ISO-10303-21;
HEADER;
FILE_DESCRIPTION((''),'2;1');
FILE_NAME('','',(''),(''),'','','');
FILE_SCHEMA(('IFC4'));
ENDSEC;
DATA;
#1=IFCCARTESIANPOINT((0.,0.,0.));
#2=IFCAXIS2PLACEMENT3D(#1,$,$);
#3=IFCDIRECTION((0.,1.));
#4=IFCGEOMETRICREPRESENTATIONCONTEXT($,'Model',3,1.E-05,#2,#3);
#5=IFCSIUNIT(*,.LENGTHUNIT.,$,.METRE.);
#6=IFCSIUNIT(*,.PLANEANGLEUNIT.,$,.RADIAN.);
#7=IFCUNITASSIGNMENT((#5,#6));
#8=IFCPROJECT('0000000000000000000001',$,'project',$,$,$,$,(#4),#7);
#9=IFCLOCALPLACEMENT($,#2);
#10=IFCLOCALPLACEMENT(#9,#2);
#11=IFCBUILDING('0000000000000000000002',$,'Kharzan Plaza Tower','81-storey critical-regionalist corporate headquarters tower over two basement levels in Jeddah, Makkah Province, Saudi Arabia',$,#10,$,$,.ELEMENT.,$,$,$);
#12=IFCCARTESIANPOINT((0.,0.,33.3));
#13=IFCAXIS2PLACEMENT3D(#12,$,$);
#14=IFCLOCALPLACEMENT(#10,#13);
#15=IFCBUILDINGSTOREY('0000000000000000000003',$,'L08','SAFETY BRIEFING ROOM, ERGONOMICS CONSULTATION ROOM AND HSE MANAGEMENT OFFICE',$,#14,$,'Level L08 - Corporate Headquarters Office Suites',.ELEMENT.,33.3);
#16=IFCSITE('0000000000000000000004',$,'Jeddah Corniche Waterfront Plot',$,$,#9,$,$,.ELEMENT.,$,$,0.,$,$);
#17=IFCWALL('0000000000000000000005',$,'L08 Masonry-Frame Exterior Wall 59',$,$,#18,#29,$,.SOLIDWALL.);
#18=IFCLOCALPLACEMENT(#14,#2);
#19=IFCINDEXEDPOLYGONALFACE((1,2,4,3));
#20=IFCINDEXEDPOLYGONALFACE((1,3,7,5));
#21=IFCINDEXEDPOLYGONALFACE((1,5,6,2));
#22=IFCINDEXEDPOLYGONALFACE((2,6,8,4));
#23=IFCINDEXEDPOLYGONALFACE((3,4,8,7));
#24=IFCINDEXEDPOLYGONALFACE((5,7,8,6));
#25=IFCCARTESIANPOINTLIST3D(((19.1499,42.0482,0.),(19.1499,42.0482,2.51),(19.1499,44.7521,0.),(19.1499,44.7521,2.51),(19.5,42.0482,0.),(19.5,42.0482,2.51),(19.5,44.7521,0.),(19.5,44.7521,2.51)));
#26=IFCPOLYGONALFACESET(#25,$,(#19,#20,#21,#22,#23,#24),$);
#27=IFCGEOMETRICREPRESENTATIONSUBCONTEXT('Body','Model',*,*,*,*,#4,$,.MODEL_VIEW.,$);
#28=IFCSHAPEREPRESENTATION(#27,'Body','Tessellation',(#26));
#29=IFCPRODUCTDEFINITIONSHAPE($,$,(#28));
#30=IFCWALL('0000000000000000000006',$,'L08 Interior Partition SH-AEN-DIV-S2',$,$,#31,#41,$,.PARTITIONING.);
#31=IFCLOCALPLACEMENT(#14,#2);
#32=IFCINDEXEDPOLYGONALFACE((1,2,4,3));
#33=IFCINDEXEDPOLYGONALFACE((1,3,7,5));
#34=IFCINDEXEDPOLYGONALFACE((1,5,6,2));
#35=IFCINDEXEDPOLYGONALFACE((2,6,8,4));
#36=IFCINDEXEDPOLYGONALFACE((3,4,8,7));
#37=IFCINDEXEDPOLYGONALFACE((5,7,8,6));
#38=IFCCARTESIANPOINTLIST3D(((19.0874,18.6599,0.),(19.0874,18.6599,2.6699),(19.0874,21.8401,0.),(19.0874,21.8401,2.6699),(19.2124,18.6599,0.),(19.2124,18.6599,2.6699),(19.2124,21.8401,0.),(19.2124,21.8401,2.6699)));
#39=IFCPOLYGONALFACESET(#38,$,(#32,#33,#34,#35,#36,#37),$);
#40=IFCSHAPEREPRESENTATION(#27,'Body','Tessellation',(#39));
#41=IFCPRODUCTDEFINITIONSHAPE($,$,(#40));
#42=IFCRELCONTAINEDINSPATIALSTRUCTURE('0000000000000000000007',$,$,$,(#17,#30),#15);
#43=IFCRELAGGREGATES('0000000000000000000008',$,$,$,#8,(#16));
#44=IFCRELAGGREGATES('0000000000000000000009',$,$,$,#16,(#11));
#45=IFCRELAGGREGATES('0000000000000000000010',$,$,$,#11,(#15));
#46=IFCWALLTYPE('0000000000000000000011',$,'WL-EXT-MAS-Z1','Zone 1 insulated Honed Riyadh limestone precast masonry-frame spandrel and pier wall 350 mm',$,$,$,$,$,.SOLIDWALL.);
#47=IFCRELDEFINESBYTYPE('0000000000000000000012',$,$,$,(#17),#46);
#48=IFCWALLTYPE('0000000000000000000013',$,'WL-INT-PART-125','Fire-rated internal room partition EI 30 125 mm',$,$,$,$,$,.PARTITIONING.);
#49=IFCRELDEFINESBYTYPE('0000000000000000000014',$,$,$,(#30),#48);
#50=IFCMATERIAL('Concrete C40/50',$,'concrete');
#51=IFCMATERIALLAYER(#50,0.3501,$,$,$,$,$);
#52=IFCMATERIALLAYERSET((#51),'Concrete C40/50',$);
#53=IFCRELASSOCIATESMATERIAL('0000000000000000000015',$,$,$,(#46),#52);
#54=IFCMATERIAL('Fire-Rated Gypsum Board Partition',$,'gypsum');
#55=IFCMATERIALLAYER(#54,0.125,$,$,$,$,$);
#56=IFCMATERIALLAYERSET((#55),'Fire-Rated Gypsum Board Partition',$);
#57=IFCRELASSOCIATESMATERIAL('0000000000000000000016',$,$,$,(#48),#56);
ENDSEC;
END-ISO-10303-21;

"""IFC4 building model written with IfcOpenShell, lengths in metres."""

from ifc_helpers import new_model, si_unit, direction, frame, frame_2d, origin, place, context, subcontext, project, spatial, rectangle, extrude, source, transform, mapped, material, layer, layer_set, type_object, element, save


model = new_model("IFC4")

# Units and contexts
model_context = context("Model", 3, precision=1e-05, world=origin(), true_north=direction((0.0, 1.0)))
body_context = subcontext(model_context, "Body", "Model", "MODEL_VIEW")
ifc_project = project(units=[si_unit("LENGTHUNIT", "METRE"), si_unit("PLANEANGLEUNIT", "RADIAN")], contexts=[model_context])

# Site, building, storey
site_placement = place(None, origin())
site = spatial("IfcSite", under=ifc_project, at=site_placement, Name="Jeddah Corniche Waterfront Plot", CompositionType="ELEMENT", RefElevation=0.0)
building_placement = place(site_placement, origin())
building = spatial("IfcBuilding", under=site, at=building_placement, Name="Kharzan Plaza Tower", Description="81-storey critical-regionalist corporate headquarters tower over two basement levels in Jeddah, Makkah Province, Saudi Arabia", CompositionType="ELEMENT")
storey_placement = place(building_placement, frame((0.0, 0.0, 33.3)))
storey = spatial("IfcBuildingStorey", under=building, at=storey_placement, Name="L08", Description="SAFETY BRIEFING ROOM, ERGONOMICS CONSULTATION ROOM AND HSE MANAGEMENT OFFICE", LongName="Level L08 - Corporate Headquarters Office Suites", CompositionType="ELEMENT", Elevation=33.3)

# Shared definitions
ifc_material_1 = material(Name="Concrete C40/50", Category="concrete")
ifc_layer_1 = layer(ifc_material_1, 0.3501)
ifc_layer_set_1 = layer_set([ifc_layer_1], Name="Concrete C40/50")
wall_type_1 = type_object("IfcWallType", Name="WL-EXT-MAS-Z1", Description="Zone 1 insulated Honed Riyadh limestone precast masonry-frame spandrel and pier wall 350 mm", PredefinedType="SOLIDWALL", material=ifc_layer_set_1)

# Walls
shared_shape_1 = source(origin(), body_context, "Body", "SweptSolid", [
    extrude(rectangle(XDim=2.7039, YDim=0.3501, at=frame_2d((1.3521, 0.0))), origin(), (0.0, 0.0, 1.0), 2.51),
])
wall_1_placement = place(storey_placement, frame((19.325, 42.0481, 0.0), z_axis=(0.0, 0.0, 1.0), x_axis=(0.0, 1.0, 0.0)))
element("IfcWall", 1, at=wall_1_placement, inside=storey, type_object=wall_type_1, Name="L08 Masonry-Frame Exterior Wall 59", PredefinedType="SOLIDWALL", context=body_context, shape_type="MappedRepresentation", body=[
    mapped(shared_shape_1, transform((0.0, 0.0, 0.0), x_axis=(1.0, 0.0, 0.0), y_axis=(0.0, 1.0, 0.0), z_axis=(0.0, 0.0, 1.0))),
])
ifc_material_2 = material(Name="Fire-Rated Gypsum Board Partition", Category="gypsum")
ifc_layer_2 = layer(ifc_material_2, 0.125)
ifc_layer_set_2 = layer_set([ifc_layer_2], Name="Fire-Rated Gypsum Board Partition")
wall_type_2 = type_object("IfcWallType", Name="WL-INT-PART-125", Description="Fire-rated internal room partition EI 30 125 mm", PredefinedType="PARTITIONING", material=ifc_layer_set_2)
shared_shape_2 = source(origin(), body_context, "Body", "SweptSolid", [
    extrude(rectangle(XDim=3.1802, YDim=0.125, at=frame_2d((1.5901, 0.0))), origin(), (0.0, 0.0, 1.0), 2.6699),
])
wall_2_placement = place(storey_placement, frame((19.1499, 18.6599, 0.0), z_axis=(0.0, 0.0, 1.0), x_axis=(0.0, 1.0, 0.0)))
element("IfcWall", 2, at=wall_2_placement, inside=storey, type_object=wall_type_2, Name="L08 Interior Partition SH-AEN-DIV-S2", PredefinedType="PARTITIONING", context=body_context, shape_type="MappedRepresentation", body=[
    mapped(shared_shape_2, transform((0.0, 0.0, 0.0), x_axis=(1.0, 0.0, 0.0), y_axis=(0.0, 1.0, 0.0), z_axis=(0.0, 0.0, 1.0))),
])

save(model, "model.ifc")
